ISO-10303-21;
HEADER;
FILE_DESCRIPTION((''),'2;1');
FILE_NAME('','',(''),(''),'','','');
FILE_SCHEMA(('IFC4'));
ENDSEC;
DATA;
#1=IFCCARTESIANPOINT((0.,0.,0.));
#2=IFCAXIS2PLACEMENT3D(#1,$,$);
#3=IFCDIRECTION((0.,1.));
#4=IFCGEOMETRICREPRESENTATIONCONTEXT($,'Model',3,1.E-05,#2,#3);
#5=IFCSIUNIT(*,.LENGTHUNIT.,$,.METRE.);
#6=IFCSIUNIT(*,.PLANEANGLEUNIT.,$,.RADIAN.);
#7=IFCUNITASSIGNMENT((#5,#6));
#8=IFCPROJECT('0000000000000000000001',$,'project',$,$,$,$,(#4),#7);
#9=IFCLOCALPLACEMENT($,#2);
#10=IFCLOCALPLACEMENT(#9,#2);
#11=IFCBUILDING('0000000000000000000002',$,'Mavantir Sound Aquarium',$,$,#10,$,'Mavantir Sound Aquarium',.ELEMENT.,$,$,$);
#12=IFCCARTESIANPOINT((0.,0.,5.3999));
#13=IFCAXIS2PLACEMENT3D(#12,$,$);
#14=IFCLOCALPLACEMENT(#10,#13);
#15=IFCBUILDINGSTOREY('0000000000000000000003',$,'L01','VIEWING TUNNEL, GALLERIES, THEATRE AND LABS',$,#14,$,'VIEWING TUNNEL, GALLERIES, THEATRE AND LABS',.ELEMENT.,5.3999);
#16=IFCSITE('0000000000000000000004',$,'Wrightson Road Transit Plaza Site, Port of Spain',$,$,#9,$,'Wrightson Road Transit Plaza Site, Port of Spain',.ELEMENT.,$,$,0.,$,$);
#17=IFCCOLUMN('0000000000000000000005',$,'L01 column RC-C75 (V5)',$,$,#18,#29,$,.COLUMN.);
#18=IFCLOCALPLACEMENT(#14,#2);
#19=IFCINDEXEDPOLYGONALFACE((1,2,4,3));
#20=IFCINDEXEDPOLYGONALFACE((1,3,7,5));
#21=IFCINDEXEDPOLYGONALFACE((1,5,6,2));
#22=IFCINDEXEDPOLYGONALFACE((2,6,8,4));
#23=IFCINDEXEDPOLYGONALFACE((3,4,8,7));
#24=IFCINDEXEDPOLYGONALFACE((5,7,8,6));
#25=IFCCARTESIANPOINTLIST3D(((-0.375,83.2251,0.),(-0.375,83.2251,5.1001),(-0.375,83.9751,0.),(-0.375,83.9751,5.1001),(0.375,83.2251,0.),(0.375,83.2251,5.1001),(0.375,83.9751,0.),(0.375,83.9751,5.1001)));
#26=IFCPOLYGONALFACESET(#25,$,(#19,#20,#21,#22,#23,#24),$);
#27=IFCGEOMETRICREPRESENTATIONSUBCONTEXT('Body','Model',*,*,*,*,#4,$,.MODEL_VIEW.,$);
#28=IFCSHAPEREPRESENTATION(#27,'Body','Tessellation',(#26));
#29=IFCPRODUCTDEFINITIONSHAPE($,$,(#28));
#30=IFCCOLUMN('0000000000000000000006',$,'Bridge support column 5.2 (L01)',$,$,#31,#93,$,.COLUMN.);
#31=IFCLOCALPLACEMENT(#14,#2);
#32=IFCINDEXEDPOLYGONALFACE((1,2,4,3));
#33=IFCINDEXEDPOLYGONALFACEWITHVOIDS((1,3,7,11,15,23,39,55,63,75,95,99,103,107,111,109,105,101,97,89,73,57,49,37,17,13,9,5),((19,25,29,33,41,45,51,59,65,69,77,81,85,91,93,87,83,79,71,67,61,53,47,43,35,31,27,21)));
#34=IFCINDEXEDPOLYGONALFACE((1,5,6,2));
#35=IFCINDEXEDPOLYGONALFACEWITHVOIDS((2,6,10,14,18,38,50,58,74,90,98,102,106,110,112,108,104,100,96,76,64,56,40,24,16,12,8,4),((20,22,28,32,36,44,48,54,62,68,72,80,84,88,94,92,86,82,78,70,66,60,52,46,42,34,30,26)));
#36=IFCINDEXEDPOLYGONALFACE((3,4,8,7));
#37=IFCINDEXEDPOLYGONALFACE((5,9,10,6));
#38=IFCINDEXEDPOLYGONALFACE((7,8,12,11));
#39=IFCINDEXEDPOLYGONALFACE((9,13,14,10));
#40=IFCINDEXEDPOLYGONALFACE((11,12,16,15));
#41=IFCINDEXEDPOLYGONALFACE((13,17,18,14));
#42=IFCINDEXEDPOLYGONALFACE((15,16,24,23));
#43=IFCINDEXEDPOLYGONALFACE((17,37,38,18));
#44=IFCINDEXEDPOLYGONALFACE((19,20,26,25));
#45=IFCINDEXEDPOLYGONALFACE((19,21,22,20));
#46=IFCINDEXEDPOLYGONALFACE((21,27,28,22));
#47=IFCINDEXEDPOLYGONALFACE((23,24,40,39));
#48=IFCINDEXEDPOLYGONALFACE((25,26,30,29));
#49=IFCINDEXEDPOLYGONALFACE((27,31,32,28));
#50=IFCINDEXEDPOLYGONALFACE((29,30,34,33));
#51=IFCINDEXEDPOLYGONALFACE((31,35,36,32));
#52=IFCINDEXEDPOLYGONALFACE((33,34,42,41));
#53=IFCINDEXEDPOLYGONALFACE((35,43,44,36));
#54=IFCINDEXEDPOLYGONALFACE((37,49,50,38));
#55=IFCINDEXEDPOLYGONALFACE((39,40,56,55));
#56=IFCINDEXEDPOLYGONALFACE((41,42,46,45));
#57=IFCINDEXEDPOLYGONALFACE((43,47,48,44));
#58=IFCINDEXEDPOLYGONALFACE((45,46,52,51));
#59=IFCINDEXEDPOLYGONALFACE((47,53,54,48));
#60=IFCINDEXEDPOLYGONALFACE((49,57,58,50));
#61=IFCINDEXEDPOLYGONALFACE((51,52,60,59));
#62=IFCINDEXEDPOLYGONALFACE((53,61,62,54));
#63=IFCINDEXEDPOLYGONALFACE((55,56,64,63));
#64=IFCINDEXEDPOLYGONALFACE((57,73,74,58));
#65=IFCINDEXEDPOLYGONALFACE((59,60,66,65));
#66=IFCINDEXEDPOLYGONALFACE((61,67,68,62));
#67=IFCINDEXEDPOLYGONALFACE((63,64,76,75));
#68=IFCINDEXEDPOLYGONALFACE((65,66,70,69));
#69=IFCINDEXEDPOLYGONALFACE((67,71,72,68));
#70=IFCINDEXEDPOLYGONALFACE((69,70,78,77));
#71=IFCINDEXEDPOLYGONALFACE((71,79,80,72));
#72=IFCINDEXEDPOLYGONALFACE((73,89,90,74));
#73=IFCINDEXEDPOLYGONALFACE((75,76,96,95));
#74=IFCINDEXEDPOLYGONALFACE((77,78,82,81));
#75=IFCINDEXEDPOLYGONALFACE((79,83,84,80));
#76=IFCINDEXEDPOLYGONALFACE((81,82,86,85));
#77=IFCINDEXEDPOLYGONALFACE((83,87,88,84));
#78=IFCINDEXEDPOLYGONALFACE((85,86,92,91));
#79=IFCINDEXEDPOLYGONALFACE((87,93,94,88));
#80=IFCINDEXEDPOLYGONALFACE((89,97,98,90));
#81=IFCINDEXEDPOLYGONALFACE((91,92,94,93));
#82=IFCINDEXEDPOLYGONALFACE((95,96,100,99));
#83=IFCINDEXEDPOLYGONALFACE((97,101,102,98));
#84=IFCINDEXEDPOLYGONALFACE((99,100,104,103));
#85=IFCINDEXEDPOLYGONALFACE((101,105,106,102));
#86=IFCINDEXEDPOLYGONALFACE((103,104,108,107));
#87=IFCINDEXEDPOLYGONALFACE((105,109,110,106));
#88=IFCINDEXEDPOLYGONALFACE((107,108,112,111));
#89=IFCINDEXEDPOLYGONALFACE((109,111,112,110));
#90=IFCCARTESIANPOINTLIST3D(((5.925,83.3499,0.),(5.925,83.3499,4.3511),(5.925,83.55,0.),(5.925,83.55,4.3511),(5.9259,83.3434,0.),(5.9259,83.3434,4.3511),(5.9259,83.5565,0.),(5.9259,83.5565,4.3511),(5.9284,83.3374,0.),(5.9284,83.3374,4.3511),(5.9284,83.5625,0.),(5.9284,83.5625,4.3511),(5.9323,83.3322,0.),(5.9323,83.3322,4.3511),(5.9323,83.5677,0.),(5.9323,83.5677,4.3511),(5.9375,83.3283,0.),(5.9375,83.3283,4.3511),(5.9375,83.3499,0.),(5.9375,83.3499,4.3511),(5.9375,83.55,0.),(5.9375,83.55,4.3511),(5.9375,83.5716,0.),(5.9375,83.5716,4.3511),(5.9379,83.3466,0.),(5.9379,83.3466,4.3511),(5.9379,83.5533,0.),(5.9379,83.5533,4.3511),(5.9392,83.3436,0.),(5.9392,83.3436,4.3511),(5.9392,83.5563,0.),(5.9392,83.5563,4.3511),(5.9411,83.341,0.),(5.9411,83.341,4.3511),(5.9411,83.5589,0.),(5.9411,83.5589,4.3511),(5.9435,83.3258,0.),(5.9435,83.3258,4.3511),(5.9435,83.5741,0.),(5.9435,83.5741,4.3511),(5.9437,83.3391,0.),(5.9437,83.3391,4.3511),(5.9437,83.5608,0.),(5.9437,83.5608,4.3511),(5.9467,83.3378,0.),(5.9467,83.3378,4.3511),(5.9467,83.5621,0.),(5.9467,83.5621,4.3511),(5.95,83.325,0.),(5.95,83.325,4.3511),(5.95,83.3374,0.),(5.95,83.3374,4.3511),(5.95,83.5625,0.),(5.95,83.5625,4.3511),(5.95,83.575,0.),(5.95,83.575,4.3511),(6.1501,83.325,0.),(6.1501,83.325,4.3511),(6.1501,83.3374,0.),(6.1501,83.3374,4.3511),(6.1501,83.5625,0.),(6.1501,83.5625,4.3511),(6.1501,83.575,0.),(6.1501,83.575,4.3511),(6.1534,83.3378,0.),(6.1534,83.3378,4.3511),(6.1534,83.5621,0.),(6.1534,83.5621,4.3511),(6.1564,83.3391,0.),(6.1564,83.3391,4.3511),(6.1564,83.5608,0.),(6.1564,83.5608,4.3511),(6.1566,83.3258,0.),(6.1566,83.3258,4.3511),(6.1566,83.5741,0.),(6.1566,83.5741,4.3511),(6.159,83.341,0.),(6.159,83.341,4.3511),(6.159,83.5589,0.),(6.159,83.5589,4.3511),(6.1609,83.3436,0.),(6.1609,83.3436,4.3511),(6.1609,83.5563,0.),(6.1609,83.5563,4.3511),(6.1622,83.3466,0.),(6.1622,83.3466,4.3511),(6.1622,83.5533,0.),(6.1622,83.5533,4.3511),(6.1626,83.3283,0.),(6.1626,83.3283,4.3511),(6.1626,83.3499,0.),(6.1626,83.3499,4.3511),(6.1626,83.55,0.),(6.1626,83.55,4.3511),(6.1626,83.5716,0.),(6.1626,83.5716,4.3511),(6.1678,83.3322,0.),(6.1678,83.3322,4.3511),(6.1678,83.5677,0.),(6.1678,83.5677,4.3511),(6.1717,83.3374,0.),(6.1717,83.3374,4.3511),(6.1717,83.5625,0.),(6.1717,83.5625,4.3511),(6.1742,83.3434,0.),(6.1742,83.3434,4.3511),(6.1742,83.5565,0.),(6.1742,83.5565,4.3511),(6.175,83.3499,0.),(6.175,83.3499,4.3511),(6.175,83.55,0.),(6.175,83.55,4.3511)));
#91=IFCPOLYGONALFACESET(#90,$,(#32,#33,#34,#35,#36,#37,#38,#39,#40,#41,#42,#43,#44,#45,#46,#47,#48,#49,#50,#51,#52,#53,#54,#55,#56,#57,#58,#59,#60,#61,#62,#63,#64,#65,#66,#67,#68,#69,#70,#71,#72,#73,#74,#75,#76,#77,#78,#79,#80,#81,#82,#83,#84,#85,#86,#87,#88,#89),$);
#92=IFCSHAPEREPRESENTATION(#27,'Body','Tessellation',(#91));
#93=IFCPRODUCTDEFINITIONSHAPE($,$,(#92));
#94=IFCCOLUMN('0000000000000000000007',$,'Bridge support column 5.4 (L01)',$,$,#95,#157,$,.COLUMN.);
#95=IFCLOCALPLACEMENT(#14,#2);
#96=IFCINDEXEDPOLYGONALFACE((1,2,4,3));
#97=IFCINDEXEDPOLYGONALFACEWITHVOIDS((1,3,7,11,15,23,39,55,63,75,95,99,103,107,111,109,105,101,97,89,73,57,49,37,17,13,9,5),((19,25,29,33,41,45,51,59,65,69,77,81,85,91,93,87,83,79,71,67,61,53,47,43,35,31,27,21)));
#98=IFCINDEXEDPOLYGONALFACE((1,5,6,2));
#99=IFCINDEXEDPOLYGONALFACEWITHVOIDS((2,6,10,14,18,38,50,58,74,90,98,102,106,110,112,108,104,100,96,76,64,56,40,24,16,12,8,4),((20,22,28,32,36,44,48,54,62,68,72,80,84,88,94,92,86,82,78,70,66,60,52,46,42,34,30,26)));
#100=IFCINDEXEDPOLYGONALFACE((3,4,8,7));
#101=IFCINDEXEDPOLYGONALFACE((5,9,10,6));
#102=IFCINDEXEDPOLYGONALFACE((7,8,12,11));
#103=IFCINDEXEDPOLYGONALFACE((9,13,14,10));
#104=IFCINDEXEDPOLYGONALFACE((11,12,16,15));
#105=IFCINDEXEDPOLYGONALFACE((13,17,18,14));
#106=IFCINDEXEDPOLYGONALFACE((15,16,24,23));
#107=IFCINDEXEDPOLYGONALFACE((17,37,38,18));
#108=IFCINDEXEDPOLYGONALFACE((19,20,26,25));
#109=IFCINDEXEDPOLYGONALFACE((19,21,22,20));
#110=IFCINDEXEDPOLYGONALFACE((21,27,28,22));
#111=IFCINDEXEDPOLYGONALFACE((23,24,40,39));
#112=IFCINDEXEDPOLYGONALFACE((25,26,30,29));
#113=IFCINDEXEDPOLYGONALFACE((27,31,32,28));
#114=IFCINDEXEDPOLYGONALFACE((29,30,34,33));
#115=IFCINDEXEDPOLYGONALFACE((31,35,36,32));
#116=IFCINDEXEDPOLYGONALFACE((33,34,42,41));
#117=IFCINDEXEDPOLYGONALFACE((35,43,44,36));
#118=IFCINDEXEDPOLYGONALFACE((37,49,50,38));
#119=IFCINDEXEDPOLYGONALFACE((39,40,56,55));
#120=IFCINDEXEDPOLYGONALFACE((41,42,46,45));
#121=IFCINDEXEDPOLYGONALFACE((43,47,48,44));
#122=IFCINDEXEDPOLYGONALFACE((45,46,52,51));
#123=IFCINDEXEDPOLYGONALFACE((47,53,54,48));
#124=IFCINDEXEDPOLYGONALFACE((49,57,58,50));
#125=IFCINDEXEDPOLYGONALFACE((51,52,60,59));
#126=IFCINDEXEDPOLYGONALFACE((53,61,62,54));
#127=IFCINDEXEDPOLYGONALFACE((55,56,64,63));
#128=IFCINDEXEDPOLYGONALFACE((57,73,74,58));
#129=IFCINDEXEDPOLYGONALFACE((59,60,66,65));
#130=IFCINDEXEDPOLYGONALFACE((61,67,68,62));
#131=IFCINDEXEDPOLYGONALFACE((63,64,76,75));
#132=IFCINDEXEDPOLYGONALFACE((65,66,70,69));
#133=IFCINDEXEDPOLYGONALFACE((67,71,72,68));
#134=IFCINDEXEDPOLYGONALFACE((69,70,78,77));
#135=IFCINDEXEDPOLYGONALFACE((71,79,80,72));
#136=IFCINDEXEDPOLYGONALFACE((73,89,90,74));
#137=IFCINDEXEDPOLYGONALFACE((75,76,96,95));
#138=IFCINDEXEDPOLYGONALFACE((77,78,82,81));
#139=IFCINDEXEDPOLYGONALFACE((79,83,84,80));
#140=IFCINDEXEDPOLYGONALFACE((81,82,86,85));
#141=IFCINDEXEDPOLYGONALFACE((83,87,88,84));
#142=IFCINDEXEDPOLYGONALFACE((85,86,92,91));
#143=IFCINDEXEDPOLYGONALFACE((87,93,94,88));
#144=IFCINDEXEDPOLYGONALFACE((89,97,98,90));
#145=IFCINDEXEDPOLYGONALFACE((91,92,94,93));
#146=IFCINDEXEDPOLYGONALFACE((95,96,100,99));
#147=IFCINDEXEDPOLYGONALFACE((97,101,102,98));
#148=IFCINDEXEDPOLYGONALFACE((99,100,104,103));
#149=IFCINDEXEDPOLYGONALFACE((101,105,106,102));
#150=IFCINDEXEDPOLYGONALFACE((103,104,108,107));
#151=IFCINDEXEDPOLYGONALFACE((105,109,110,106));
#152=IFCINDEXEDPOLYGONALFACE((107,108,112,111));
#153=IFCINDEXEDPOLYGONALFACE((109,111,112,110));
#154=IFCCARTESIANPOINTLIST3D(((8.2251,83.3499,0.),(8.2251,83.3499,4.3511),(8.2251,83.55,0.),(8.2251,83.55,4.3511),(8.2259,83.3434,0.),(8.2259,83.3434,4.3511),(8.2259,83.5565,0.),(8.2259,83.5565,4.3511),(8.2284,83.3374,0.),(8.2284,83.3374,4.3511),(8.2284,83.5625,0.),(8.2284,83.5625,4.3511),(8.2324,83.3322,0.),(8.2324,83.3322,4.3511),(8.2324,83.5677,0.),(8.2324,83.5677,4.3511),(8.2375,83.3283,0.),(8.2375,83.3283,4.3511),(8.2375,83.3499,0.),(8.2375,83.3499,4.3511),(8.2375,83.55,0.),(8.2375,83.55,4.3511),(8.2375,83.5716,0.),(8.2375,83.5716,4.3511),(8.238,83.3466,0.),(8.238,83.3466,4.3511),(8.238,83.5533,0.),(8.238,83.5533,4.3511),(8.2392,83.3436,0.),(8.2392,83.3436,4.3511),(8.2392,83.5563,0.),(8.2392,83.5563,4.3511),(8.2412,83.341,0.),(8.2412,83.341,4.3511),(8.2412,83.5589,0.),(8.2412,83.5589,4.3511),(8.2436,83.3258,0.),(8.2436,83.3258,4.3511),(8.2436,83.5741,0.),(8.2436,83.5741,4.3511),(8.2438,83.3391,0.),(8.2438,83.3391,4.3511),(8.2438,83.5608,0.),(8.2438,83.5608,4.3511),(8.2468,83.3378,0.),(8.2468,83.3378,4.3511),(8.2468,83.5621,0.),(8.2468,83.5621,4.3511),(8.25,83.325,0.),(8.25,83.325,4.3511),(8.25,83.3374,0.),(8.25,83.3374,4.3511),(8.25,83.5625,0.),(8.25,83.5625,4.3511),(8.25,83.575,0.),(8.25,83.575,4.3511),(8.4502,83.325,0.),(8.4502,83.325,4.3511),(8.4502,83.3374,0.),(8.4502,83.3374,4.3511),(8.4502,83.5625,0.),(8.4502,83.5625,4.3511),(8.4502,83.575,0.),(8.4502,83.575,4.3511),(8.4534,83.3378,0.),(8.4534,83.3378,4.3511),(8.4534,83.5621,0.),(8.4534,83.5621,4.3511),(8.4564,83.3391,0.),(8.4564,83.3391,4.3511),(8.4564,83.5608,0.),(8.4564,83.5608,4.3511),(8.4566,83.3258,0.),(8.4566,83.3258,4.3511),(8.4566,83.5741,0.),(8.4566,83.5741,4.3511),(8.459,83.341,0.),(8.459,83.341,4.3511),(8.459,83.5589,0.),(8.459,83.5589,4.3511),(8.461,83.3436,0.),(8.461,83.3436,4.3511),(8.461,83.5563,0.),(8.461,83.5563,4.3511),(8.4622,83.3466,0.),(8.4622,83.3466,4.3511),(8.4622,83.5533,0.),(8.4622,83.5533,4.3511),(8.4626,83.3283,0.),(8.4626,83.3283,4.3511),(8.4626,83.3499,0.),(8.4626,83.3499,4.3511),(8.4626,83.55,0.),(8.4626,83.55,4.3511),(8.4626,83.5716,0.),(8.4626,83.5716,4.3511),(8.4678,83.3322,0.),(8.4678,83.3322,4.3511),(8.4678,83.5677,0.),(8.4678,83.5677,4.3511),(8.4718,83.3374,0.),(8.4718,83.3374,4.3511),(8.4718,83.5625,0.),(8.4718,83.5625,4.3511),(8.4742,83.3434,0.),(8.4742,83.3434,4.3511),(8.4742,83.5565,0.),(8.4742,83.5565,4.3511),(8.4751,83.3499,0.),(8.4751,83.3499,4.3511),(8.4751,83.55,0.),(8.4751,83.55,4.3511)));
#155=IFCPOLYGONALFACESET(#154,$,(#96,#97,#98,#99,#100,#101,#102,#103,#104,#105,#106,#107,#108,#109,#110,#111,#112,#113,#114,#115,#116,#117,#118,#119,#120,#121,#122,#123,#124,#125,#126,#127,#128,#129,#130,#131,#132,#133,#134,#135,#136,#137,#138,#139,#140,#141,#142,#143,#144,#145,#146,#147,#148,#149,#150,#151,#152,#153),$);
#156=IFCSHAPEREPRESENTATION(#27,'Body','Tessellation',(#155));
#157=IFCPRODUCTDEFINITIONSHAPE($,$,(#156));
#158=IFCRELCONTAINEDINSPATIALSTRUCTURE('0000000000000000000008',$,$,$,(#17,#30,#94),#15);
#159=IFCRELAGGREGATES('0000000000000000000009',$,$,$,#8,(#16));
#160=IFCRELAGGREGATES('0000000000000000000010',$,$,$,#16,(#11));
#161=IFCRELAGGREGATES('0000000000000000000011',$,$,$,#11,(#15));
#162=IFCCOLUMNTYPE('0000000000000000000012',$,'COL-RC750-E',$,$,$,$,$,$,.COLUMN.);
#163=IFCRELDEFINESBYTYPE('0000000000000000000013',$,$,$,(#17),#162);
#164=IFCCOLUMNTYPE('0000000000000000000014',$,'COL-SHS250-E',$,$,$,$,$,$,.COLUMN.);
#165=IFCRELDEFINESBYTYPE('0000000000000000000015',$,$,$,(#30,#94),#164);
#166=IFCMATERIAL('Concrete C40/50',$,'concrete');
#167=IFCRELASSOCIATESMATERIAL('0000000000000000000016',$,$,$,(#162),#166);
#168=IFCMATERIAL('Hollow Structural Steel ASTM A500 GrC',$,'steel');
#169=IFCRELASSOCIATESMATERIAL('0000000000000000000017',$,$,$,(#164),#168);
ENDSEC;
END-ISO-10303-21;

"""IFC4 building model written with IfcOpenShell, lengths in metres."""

from ifc_helpers import new_model, si_unit, direction, frame, origin, origin_2d, place, context, subcontext, project, spatial, rectangle, hollow_rectangle, extrude, material, material_profile, profile_set, type_object, element, save


model = new_model("IFC4")

# Units and contexts
model_context = context("Model", 3, precision=1e-05, world=origin(), true_north=direction((0.0, 1.0)))
body_context = subcontext(model_context, "Body", "Model", "MODEL_VIEW")
ifc_project = project(units=[si_unit("LENGTHUNIT", "METRE"), si_unit("PLANEANGLEUNIT", "RADIAN")], contexts=[model_context])

# Site, building, storey
site_placement = place(None, origin())
site = spatial("IfcSite", under=ifc_project, at=site_placement, Name="Wrightson Road Transit Plaza Site, Port of Spain", LongName="Wrightson Road Transit Plaza Site, Port of Spain", CompositionType="ELEMENT", RefElevation=0.0)
building_placement = place(site_placement, origin())
building = spatial("IfcBuilding", under=site, at=building_placement, Name="Mavantir Sound Aquarium", LongName="Mavantir Sound Aquarium", CompositionType="ELEMENT")
storey_placement = place(building_placement, frame((0.0, 0.0, 5.3999)))
storey = spatial("IfcBuildingStorey", under=building, at=storey_placement, Name="L01", Description="VIEWING TUNNEL, GALLERIES, THEATRE AND LABS", LongName="VIEWING TUNNEL, GALLERIES, THEATRE AND LABS", CompositionType="ELEMENT", Elevation=5.3999)

# Columns
ifc_material_1 = material(Name="Concrete C40/50", Category="concrete")
ifc_material_profile_1 = material_profile(ifc_material_1, rectangle(XDim=0.75, YDim=0.75, at=origin_2d()), Name="RC 750X750")
ifc_profile_set_1 = profile_set([ifc_material_profile_1], Name="Concrete C40/50")
column_type_1 = type_object("IfcColumnType", Name="COL-RC750-E", PredefinedType="COLUMN", material=ifc_profile_set_1)
column_placement = place(storey_placement, frame((0.0, 83.6001, 0.0), z_axis=(0.0, 0.0, 1.0), x_axis=(1.0, 0.0, 0.0)))
element("IfcColumn", 1, at=column_placement, inside=storey, type_object=column_type_1, Name="L01 column RC-C75 (V5)", PredefinedType="COLUMN", context=body_context, shape_type="SweptSolid", body=[
    extrude(rectangle(XDim=0.75, YDim=0.75, at=origin_2d()), origin(), (0.0, 0.0, 1.0), 5.1001),
])
ifc_material_2 = material(Name="Hollow Structural Steel ASTM A500 GrC", Category="steel")
ifc_material_profile_2 = material_profile(ifc_material_2, hollow_rectangle(XDim=0.25, YDim=0.25, WallThickness=0.0125, InnerFilletRadius=0.0125, OuterFilletRadius=0.0249, at=origin_2d()), Name="SHS 250X250X12.5")
ifc_profile_set_2 = profile_set([ifc_material_profile_2], Name="Hollow Structural Steel ASTM A500 GrC")
column_type_2 = type_object("IfcColumnType", Name="COL-SHS250-E", PredefinedType="COLUMN", material=ifc_profile_set_2)
for number, where, z_axis, x_axis, name in (
    (2, (6.05, 83.45, 0.0), (0.0, 0.0, 1.0), (1.0, 0.0, 0.0), "Bridge support column 5.2 (L01)"),
    (3, (8.3501, 83.45, 0.0), (0.0, 0.0, 1.0), (1.0, 0.0, 0.0), "Bridge support column 5.4 (L01)"),
):
    element("IfcColumn", number, at=place(storey_placement, frame(where, z_axis=z_axis, x_axis=x_axis)), inside=storey, type_object=column_type_2, Name=name, PredefinedType="COLUMN", context=body_context, shape_type="SweptSolid", body=[
        extrude(hollow_rectangle(XDim=0.25, YDim=0.25, WallThickness=0.0125, InnerFilletRadius=0.0125, OuterFilletRadius=0.0249, at=origin_2d()), origin(), (0.0, 0.0, 1.0), 4.3511),
    ])

save(model, "model.ifc")
